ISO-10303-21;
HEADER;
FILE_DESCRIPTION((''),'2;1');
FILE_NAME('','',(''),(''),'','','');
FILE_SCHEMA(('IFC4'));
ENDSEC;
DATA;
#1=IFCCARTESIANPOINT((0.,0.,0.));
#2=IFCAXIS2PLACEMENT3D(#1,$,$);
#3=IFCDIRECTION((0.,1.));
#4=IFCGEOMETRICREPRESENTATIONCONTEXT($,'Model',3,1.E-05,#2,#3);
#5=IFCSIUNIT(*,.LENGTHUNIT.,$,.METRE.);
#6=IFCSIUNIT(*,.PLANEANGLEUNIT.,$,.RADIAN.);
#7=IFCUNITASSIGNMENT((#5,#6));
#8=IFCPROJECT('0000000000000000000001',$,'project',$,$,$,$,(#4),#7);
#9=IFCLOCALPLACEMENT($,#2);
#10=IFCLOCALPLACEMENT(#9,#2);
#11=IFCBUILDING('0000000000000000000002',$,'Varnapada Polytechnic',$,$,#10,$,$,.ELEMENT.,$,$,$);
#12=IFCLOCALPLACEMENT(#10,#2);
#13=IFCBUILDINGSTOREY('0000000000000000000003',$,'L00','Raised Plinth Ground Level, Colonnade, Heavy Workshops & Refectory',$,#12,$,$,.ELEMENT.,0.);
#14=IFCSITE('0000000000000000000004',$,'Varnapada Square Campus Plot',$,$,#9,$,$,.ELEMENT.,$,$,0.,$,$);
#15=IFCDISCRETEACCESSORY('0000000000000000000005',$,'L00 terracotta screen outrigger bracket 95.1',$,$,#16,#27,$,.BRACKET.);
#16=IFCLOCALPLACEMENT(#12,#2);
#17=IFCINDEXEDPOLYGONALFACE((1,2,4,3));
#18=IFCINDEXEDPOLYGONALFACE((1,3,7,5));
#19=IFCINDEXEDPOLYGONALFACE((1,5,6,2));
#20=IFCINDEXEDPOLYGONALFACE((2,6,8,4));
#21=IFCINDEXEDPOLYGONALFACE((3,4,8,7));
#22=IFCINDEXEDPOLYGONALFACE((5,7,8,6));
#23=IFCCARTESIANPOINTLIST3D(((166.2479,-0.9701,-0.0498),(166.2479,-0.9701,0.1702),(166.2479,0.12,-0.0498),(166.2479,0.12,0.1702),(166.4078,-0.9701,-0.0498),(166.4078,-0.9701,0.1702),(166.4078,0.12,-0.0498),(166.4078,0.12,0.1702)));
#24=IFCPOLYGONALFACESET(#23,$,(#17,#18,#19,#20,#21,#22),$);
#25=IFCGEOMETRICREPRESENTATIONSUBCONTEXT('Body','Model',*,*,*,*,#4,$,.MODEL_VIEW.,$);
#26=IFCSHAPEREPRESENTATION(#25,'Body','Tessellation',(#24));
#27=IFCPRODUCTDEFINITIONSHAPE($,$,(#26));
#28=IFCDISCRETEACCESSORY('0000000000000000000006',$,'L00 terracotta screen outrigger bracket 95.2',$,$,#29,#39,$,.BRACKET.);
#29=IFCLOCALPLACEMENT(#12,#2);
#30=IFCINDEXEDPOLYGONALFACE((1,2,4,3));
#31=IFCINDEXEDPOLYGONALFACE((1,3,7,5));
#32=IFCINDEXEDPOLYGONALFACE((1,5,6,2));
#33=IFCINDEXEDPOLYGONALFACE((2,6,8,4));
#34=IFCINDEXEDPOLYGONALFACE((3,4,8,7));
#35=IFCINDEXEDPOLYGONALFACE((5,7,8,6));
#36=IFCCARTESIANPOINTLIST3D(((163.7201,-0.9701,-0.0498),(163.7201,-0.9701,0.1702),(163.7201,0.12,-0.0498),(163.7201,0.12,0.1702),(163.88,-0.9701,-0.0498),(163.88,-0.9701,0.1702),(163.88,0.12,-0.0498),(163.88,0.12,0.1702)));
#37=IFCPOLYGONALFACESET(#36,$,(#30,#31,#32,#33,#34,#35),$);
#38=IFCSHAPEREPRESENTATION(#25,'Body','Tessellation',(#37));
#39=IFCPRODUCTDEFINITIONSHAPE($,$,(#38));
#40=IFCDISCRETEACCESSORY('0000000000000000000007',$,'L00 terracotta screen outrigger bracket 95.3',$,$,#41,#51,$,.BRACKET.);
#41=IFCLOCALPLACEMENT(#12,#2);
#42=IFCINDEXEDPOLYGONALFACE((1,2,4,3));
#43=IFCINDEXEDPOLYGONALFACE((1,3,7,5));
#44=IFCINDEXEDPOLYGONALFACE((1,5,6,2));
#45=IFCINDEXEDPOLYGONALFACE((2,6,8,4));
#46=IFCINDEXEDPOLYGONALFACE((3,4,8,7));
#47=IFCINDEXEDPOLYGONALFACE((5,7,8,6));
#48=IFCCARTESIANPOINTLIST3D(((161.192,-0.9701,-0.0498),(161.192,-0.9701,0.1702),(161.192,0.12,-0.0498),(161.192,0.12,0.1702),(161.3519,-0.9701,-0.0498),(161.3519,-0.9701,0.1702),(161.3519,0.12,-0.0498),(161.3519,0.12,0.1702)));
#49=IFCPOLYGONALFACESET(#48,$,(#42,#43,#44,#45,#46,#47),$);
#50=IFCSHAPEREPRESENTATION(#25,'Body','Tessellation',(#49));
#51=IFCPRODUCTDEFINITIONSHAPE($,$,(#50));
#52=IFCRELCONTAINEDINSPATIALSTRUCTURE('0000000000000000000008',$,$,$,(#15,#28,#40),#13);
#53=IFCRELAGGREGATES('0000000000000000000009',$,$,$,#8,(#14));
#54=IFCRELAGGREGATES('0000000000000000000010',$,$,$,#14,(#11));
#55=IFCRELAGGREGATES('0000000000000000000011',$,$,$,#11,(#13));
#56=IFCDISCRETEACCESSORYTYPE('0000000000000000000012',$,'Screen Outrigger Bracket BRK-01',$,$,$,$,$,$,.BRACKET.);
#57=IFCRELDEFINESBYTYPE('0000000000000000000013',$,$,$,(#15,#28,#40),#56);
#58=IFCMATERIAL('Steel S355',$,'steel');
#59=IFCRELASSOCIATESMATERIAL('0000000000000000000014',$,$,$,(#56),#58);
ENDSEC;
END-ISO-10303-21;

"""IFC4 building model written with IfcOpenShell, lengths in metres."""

from ifc_helpers import new_model, si_unit, direction, frame, origin, origin_2d, place, context, subcontext, project, spatial, rectangle, extrude, material, type_object, element, save


model = new_model("IFC4")

# Units and contexts
model_context = context("Model", 3, precision=1e-05, world=origin(), true_north=direction((0.0, 1.0)))
body_context = subcontext(model_context, "Body", "Model", "MODEL_VIEW")
ifc_project = project(units=[si_unit("LENGTHUNIT", "METRE"), si_unit("PLANEANGLEUNIT", "RADIAN")], contexts=[model_context])

# Site, building, storey
site_placement = place(None, origin())
site = spatial("IfcSite", under=ifc_project, at=site_placement, Name="Varnapada Square Campus Plot", CompositionType="ELEMENT", RefElevation=0.0)
building_placement = place(site_placement, origin())
building = spatial("IfcBuilding", under=site, at=building_placement, Name="Varnapada Polytechnic", CompositionType="ELEMENT")
storey_placement = place(building_placement, origin())
storey = spatial("IfcBuildingStorey", under=building, at=storey_placement, Name="L00", Description="Raised Plinth Ground Level, Colonnade, Heavy Workshops & Refectory", CompositionType="ELEMENT", Elevation=0.0)

# Discrete accessories
ifc_material_1 = material(Name="Steel S355", Category="steel")
discrete_accessory_type = type_object("IfcDiscreteAccessoryType", Name="Screen Outrigger Bracket BRK-01", PredefinedType="BRACKET", material=ifc_material_1)
for number, where, z_axis, x_axis, name in (
    (1, (166.3279, -0.425, -0.0498), (0.0, 0.0, 1.0), (-1.0, 0.0, 0.0), "L00 terracotta screen outrigger bracket 95.1"),
    (2, (163.8, -0.425, -0.0498), (0.0, 0.0, 1.0), (-1.0, 0.0, 0.0), "L00 terracotta screen outrigger bracket 95.2"),
    (3, (161.272, -0.425, -0.0498), (0.0, 0.0, 1.0), (-1.0, 0.0, 0.0), "L00 terracotta screen outrigger bracket 95.3"),
):
    element("IfcDiscreteAccessory", number, at=place(storey_placement, frame(where, z_axis=z_axis, x_axis=x_axis)), inside=storey, type_object=discrete_accessory_type, Name=name, PredefinedType="BRACKET", context=body_context, shape_type="SweptSolid", body=[
        extrude(rectangle(XDim=0.1599, YDim=1.0901, at=origin_2d()), origin(), (0.0, 0.0, 1.0), 0.22),
    ])

save(model, "model.ifc")
